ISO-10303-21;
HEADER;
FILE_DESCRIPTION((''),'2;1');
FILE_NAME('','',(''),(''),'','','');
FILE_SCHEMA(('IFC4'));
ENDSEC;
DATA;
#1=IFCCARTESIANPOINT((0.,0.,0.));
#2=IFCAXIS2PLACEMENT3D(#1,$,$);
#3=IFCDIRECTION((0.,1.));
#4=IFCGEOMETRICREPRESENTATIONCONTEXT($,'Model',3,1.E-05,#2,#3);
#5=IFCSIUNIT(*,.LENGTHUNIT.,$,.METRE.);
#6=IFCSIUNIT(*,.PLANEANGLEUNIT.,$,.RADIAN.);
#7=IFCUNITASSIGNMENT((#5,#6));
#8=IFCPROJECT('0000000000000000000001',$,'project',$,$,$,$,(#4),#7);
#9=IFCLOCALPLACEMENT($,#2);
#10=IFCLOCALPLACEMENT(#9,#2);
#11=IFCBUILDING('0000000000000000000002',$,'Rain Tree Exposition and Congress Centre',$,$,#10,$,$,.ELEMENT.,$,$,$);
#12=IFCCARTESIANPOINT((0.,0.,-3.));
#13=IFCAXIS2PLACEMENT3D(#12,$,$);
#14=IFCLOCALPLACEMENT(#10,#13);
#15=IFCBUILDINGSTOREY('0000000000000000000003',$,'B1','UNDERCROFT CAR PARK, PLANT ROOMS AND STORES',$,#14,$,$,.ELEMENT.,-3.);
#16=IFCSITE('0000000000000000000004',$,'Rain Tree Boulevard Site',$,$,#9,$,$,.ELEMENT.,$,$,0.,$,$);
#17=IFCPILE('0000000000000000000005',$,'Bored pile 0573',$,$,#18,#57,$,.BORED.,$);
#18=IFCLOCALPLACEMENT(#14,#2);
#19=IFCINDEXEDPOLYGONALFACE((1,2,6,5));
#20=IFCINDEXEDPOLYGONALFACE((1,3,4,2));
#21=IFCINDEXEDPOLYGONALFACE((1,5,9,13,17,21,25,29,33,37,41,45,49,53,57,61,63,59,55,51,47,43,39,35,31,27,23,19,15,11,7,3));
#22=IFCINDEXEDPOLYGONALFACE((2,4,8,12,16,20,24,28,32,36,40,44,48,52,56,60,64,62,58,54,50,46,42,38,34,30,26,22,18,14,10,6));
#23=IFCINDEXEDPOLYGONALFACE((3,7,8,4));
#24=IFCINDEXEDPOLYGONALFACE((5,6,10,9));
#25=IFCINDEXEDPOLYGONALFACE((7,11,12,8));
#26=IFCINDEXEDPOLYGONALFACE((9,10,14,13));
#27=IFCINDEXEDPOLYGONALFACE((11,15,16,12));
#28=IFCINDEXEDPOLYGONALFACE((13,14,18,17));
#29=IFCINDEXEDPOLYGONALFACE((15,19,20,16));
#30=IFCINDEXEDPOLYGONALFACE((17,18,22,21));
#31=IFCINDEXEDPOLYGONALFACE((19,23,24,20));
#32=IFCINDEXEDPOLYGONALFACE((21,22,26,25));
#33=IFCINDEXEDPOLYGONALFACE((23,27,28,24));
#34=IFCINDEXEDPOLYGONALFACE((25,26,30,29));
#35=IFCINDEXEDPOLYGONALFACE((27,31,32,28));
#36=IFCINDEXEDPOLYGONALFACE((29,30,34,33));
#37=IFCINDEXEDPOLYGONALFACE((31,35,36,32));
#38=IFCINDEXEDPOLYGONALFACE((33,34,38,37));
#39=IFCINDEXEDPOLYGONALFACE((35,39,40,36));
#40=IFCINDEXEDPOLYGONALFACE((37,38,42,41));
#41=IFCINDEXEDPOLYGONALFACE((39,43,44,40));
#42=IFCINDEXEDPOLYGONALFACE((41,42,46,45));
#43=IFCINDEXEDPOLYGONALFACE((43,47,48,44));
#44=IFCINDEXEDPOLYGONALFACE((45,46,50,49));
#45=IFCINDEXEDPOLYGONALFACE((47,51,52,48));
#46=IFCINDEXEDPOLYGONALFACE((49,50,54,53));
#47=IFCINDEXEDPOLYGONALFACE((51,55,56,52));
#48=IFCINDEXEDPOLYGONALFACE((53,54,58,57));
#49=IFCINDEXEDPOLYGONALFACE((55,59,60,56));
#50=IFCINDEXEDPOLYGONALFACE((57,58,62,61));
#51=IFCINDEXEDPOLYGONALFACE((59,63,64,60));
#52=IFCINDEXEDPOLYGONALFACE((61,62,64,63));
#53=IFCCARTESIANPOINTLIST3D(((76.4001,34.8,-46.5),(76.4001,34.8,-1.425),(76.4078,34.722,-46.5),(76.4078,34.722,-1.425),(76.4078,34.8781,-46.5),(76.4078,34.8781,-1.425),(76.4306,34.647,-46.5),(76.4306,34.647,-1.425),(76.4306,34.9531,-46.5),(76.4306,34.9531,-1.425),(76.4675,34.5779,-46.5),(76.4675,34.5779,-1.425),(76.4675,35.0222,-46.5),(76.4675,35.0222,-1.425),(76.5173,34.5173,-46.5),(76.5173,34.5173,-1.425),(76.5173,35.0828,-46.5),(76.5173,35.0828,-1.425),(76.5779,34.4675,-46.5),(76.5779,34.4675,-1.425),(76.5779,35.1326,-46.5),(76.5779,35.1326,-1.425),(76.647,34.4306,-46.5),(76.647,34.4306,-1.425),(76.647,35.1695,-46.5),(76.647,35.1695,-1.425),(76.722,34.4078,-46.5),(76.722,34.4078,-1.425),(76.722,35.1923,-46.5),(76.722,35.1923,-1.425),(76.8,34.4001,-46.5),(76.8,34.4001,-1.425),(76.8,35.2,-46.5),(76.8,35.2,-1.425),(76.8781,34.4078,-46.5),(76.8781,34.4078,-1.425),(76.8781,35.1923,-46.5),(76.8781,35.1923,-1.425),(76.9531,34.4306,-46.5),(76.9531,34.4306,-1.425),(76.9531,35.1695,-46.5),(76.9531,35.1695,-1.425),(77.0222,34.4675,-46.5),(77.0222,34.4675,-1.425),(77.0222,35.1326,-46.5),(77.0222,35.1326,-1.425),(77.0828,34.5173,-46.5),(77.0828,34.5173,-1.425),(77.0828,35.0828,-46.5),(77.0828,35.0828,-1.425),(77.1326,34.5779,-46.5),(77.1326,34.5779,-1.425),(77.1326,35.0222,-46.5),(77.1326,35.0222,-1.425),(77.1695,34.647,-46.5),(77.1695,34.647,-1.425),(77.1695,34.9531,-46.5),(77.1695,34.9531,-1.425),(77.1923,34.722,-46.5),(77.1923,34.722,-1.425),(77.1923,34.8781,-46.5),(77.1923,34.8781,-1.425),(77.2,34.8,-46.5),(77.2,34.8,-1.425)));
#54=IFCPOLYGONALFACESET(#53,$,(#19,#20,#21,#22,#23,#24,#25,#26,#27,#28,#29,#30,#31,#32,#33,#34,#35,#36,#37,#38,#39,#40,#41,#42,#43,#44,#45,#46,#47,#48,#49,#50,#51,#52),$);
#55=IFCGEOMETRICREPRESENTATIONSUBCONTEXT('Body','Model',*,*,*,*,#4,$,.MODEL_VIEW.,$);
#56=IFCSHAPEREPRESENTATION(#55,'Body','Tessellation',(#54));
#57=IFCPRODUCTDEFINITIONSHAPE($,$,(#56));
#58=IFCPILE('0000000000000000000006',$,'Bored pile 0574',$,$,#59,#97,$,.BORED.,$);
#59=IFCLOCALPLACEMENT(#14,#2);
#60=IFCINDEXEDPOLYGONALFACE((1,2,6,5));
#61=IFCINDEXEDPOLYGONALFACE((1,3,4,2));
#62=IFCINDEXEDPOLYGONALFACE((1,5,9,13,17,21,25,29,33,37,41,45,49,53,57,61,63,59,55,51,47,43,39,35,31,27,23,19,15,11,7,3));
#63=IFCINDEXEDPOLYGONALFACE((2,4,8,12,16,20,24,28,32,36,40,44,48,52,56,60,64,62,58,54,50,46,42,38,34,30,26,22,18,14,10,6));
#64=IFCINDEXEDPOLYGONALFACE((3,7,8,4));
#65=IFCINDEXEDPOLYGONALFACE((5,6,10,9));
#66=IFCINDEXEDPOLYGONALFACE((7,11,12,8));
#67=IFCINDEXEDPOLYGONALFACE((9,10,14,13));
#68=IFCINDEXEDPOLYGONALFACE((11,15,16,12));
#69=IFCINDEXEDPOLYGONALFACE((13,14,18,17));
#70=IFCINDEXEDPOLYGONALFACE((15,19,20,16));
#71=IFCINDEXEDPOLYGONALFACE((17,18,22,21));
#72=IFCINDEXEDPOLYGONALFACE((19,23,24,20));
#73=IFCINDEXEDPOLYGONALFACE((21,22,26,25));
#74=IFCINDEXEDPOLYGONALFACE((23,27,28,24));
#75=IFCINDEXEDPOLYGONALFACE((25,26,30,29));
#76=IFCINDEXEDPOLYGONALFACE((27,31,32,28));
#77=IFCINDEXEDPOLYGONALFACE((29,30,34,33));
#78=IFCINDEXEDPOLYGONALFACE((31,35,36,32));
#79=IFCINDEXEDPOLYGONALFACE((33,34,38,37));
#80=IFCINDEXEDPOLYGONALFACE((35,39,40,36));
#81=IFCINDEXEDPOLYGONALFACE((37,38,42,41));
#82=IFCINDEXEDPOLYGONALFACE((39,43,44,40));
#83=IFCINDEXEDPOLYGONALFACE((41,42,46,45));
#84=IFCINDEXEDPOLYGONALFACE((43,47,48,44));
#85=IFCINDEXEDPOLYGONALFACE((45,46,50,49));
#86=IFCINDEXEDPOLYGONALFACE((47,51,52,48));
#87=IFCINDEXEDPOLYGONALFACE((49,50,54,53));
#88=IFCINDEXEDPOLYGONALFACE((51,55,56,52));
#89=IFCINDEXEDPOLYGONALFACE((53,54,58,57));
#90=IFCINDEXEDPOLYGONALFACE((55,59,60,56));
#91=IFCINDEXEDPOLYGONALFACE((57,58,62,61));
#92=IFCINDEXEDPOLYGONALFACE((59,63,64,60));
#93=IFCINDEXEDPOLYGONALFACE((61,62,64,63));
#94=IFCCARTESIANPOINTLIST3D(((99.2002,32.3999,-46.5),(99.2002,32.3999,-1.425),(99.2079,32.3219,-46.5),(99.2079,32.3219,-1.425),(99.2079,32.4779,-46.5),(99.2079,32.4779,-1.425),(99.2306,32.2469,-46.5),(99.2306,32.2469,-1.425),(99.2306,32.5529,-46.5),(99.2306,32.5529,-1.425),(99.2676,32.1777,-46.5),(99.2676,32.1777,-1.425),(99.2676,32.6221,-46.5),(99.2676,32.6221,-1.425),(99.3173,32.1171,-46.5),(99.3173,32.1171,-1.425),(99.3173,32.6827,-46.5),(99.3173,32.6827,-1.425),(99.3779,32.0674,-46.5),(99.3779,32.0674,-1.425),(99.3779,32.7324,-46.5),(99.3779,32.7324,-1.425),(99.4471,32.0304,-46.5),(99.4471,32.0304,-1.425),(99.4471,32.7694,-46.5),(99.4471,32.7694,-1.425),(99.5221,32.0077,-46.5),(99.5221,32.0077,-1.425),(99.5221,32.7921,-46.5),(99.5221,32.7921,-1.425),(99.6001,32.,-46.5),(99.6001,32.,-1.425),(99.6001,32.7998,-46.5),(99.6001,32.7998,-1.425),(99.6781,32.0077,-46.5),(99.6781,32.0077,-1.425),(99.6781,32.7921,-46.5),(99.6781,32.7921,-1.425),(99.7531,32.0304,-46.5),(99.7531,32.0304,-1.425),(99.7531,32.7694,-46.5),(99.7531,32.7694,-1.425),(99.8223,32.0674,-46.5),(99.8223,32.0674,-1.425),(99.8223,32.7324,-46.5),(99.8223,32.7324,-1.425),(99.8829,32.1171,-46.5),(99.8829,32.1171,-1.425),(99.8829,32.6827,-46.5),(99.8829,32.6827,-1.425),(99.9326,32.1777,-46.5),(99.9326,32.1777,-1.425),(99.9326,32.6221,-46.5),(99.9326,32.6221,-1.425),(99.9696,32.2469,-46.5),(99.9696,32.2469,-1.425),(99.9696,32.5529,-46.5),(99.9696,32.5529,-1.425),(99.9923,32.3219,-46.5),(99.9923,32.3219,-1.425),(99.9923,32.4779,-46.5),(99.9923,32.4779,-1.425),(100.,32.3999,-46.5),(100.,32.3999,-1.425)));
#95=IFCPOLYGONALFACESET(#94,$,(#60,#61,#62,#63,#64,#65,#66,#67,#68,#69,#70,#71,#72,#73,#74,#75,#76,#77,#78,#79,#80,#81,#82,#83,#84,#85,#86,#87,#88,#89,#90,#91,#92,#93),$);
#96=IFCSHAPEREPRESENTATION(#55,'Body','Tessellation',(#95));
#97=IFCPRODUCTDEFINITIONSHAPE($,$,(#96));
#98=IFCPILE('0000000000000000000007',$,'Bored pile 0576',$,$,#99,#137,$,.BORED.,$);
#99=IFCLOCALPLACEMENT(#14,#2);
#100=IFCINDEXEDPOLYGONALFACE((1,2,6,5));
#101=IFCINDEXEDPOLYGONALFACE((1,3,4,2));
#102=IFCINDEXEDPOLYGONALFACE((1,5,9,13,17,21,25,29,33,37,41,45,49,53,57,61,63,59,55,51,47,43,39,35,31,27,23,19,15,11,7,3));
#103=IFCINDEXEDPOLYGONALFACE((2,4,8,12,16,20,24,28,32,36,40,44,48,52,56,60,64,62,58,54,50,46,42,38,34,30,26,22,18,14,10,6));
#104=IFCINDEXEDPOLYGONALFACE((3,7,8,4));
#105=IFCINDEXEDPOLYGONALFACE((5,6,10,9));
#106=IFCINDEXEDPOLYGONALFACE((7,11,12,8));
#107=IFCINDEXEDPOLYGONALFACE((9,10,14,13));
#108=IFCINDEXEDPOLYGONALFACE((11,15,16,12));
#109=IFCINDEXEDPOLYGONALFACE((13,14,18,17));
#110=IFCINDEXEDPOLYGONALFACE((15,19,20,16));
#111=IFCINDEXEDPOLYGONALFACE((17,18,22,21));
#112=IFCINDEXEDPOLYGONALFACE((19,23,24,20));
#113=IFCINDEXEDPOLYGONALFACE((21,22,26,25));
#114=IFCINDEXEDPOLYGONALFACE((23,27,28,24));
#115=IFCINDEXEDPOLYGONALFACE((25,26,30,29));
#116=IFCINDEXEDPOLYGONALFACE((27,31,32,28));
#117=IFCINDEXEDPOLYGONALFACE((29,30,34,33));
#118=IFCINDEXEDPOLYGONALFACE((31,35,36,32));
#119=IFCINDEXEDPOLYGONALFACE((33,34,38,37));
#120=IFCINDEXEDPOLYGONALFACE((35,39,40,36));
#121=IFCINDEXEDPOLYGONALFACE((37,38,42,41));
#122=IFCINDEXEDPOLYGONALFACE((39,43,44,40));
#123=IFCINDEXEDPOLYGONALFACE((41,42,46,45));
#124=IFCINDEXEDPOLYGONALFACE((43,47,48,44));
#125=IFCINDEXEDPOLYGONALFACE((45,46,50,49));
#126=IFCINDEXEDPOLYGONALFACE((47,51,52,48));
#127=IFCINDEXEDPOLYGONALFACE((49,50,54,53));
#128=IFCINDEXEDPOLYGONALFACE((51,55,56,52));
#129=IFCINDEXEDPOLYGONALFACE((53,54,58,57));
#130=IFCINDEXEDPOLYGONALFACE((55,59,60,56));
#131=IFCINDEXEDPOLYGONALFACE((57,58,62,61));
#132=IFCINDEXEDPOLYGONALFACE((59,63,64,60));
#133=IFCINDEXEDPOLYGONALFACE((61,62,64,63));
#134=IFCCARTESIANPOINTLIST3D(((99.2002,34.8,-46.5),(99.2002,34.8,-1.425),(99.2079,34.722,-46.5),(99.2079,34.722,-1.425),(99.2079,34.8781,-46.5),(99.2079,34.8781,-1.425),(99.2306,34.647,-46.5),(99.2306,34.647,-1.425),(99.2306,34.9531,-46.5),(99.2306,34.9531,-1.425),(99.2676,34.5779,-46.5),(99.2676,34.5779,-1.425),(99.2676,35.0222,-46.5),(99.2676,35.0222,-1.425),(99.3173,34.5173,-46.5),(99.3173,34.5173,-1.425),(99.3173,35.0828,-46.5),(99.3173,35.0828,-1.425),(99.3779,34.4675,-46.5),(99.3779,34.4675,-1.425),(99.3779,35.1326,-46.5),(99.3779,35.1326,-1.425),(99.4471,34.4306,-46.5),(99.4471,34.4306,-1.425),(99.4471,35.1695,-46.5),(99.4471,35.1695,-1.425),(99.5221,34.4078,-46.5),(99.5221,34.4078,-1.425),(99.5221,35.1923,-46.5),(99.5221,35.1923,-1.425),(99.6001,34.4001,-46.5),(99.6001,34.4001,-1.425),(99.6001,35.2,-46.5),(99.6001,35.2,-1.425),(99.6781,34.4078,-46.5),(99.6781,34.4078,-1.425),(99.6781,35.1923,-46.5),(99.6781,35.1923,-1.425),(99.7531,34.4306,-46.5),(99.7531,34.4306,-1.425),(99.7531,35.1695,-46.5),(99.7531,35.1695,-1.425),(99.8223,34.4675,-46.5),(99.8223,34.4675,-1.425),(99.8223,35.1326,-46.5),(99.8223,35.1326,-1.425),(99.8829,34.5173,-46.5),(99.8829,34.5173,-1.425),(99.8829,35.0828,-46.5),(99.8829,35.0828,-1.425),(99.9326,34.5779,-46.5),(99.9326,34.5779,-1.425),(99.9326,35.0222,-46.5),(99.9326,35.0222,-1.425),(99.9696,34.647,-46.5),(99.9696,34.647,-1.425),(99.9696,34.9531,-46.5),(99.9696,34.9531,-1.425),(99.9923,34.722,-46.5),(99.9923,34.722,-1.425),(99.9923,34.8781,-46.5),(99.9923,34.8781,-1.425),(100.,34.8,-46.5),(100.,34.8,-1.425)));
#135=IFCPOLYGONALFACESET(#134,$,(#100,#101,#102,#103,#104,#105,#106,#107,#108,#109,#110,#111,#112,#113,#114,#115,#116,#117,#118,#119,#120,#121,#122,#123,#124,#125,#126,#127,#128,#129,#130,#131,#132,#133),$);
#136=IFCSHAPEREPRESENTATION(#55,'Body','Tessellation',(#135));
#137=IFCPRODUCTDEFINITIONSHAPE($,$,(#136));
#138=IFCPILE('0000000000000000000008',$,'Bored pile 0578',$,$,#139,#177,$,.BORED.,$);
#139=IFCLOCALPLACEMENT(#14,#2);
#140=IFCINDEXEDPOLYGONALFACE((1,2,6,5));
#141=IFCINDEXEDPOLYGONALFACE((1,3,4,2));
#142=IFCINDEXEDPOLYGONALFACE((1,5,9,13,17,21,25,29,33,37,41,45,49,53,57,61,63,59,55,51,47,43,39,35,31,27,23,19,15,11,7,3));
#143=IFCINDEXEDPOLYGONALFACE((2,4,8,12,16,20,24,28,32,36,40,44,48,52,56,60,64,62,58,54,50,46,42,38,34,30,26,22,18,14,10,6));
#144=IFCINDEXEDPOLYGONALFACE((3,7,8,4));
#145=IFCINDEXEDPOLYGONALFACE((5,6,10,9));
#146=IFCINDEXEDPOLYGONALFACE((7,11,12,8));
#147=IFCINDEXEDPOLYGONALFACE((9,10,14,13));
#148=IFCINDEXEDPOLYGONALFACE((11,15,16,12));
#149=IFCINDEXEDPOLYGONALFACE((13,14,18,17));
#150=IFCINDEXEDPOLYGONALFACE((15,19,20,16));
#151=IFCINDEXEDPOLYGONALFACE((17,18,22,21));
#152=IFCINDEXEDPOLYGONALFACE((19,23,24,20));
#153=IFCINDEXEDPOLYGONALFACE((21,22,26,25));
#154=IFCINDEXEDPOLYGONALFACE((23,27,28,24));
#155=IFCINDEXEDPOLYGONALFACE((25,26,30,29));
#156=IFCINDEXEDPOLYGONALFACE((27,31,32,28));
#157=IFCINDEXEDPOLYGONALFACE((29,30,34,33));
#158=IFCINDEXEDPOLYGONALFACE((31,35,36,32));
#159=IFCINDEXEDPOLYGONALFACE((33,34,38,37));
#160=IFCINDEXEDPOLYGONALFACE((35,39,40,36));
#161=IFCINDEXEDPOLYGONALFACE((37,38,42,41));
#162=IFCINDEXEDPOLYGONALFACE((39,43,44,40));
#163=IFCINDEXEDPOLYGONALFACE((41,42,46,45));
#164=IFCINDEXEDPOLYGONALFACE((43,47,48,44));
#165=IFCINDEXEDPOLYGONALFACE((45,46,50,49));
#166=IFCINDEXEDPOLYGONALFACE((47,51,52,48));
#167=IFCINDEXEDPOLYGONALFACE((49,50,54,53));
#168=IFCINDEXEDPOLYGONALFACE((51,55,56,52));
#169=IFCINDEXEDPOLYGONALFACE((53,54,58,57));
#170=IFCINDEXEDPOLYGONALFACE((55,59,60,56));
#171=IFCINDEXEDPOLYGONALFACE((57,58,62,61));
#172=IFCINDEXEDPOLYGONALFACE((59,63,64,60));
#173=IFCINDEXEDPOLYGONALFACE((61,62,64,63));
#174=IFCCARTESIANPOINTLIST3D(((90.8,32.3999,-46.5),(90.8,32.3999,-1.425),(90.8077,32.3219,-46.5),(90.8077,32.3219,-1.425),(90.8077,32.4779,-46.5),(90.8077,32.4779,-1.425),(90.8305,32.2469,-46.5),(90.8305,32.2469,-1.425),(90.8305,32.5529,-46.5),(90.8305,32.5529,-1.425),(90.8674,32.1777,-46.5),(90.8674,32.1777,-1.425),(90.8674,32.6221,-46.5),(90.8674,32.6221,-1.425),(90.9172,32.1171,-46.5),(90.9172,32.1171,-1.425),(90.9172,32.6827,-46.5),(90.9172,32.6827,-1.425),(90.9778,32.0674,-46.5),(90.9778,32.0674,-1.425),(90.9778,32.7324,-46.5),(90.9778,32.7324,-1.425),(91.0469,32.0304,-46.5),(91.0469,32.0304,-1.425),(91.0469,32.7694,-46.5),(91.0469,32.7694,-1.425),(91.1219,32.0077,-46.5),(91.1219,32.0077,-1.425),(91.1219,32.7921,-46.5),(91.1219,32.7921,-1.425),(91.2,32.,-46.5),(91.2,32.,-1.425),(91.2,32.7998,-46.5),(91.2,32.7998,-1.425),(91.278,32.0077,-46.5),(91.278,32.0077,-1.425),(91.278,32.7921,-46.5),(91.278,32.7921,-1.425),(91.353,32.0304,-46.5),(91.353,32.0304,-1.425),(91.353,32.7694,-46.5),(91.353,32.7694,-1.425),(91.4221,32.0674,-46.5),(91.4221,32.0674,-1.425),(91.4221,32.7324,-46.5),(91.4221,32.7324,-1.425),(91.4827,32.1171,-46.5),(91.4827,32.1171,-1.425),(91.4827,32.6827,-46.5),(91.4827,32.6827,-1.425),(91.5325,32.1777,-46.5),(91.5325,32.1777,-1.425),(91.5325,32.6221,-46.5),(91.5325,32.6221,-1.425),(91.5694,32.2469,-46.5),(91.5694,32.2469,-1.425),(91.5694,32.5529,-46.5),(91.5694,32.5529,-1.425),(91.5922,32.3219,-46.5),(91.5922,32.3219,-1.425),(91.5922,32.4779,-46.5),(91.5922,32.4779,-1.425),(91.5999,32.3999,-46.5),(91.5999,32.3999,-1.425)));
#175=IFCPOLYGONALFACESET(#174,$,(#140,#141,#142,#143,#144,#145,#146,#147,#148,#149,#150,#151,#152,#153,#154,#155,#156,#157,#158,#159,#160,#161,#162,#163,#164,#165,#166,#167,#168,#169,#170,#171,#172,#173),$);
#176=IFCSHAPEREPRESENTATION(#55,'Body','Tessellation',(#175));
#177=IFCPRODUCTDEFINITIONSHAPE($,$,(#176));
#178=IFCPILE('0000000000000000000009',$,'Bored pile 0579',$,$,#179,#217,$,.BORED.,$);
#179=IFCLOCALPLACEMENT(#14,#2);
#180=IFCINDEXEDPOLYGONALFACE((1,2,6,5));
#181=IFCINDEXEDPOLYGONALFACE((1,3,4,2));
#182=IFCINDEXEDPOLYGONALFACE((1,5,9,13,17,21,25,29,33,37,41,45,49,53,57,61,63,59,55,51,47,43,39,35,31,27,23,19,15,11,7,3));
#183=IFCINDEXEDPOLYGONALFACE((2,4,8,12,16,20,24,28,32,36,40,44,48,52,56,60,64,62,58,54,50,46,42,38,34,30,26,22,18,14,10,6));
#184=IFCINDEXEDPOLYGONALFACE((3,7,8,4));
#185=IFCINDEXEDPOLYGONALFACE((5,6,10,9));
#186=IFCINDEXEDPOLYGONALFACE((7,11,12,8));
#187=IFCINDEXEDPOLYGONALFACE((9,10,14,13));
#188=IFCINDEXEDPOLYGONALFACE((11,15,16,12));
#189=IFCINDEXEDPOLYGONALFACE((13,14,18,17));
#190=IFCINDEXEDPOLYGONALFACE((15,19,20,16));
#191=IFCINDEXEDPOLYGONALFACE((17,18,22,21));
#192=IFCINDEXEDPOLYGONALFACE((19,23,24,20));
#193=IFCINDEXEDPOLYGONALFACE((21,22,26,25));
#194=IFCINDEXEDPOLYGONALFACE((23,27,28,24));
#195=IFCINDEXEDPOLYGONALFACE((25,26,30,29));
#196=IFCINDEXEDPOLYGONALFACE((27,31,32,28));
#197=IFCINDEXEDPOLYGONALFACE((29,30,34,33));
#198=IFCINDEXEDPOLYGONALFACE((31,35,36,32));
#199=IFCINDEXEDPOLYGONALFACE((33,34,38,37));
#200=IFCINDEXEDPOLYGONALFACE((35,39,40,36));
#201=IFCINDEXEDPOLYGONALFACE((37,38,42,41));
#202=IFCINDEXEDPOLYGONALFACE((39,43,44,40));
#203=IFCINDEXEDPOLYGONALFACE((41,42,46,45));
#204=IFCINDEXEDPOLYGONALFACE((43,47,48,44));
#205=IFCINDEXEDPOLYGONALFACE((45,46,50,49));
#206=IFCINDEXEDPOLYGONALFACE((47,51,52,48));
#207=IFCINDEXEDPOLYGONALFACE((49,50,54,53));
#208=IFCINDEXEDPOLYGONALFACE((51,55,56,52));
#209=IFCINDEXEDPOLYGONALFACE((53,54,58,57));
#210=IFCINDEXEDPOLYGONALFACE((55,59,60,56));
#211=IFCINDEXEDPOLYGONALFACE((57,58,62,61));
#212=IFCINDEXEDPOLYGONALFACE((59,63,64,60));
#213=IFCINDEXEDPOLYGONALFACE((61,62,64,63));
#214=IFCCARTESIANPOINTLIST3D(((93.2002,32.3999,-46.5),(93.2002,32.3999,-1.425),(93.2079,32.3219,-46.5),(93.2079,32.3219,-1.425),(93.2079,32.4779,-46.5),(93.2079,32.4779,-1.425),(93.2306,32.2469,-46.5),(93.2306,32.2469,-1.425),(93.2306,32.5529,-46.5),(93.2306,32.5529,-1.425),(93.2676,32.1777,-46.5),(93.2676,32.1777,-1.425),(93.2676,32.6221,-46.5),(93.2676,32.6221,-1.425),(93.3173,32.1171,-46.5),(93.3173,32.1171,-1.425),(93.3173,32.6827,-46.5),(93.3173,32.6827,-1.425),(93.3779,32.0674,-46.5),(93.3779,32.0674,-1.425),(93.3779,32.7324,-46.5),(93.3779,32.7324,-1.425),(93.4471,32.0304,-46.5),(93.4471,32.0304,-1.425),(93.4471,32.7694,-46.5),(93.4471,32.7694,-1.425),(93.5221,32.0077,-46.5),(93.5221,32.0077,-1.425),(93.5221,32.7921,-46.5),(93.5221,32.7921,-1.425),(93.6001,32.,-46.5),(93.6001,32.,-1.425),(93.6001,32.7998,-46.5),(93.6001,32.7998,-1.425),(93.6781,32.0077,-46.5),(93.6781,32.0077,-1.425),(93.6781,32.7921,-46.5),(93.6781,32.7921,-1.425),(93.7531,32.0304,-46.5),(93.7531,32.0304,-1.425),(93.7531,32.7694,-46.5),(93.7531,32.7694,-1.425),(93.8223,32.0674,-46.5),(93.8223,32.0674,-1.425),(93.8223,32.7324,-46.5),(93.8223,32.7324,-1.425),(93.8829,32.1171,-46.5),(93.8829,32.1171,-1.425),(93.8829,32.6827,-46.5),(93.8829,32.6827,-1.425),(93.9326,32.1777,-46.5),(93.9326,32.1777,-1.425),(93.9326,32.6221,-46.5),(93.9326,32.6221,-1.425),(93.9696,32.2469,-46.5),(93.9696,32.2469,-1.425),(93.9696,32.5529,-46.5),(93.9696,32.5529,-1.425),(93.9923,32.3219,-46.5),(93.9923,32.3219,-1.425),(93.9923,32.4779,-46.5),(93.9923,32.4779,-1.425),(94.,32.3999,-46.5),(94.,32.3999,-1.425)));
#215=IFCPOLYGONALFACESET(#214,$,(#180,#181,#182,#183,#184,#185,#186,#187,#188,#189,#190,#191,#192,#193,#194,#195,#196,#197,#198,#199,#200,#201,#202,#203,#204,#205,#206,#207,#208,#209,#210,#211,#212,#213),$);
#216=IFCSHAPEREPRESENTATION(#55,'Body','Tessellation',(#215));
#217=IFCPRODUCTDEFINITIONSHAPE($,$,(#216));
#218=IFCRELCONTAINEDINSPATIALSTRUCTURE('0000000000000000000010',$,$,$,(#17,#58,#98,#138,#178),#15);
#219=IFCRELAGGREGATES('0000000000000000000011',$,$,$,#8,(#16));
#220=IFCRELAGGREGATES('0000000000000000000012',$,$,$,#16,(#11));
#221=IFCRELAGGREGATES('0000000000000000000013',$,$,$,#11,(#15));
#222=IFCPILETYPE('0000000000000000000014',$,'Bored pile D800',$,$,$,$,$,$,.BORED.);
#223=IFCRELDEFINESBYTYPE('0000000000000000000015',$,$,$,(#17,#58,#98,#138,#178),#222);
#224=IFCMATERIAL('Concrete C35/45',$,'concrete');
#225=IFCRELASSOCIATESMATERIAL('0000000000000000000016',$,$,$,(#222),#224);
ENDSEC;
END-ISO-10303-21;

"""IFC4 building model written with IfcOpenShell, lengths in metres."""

from ifc_helpers import new_model, si_unit, direction, frame, origin, origin_2d, place, context, subcontext, project, spatial, circle, extrude, material, material_profile, profile_set, type_object, element, save


model = new_model("IFC4")

# Units and contexts
model_context = context("Model", 3, precision=1e-05, world=origin(), true_north=direction((0.0, 1.0)))
body_context = subcontext(model_context, "Body", "Model", "MODEL_VIEW")
ifc_project = project(units=[si_unit("LENGTHUNIT", "METRE"), si_unit("PLANEANGLEUNIT", "RADIAN")], contexts=[model_context])

# Site, building, storey
site_placement = place(None, origin())
site = spatial("IfcSite", under=ifc_project, at=site_placement, Name="Rain Tree Boulevard Site", CompositionType="ELEMENT", RefElevation=0.0)
building_placement = place(site_placement, origin())
building = spatial("IfcBuilding", under=site, at=building_placement, Name="Rain Tree Exposition and Congress Centre", CompositionType="ELEMENT")
storey_placement = place(building_placement, frame((0.0, 0.0, -3.0)))
storey = spatial("IfcBuildingStorey", under=building, at=storey_placement, Name="B1", Description="UNDERCROFT CAR PARK, PLANT ROOMS AND STORES", CompositionType="ELEMENT", Elevation=-3.0)

# Piles
ifc_material_1 = material(Name="Concrete C35/45", Category="concrete")
ifc_material_profile_1 = material_profile(ifc_material_1, circle(Radius=0.3999, at=origin_2d()), Name="D800")
ifc_profile_set_1 = profile_set([ifc_material_profile_1], Name="Concrete C35/45")
pile_type = type_object("IfcPileType", Name="Bored pile D800", PredefinedType="BORED", material=ifc_profile_set_1)
for number, where, z_axis, x_axis, name in (
    (1, (76.8, 34.8, -1.425), (0.0, 0.0, -1.0), (1.0, 0.0, 0.0), "Bored pile 0573"),
    (2, (99.6001, 32.3999, -1.425), (0.0, 0.0, -1.0), (1.0, 0.0, 0.0), "Bored pile 0574"),
    (3, (99.6001, 34.8, -1.425), (0.0, 0.0, -1.0), (1.0, 0.0, 0.0), "Bored pile 0576"),
    (4, (91.2, 32.3999, -1.425), (0.0, 0.0, -1.0), (1.0, 0.0, 0.0), "Bored pile 0578"),
    (5, (93.6001, 32.3999, -1.425), (0.0, 0.0, -1.0), (1.0, 0.0, 0.0), "Bored pile 0579"),
):
    element("IfcPile", number, at=place(storey_placement, frame(where, z_axis=z_axis, x_axis=x_axis)), inside=storey, type_object=pile_type, Name=name, PredefinedType="BORED", context=body_context, shape_type="SweptSolid", body=[
        extrude(circle(Radius=0.3999, at=origin_2d()), origin(), (0.0, 0.0, 1.0), 45.075),
    ])

save(model, "model.ifc")
